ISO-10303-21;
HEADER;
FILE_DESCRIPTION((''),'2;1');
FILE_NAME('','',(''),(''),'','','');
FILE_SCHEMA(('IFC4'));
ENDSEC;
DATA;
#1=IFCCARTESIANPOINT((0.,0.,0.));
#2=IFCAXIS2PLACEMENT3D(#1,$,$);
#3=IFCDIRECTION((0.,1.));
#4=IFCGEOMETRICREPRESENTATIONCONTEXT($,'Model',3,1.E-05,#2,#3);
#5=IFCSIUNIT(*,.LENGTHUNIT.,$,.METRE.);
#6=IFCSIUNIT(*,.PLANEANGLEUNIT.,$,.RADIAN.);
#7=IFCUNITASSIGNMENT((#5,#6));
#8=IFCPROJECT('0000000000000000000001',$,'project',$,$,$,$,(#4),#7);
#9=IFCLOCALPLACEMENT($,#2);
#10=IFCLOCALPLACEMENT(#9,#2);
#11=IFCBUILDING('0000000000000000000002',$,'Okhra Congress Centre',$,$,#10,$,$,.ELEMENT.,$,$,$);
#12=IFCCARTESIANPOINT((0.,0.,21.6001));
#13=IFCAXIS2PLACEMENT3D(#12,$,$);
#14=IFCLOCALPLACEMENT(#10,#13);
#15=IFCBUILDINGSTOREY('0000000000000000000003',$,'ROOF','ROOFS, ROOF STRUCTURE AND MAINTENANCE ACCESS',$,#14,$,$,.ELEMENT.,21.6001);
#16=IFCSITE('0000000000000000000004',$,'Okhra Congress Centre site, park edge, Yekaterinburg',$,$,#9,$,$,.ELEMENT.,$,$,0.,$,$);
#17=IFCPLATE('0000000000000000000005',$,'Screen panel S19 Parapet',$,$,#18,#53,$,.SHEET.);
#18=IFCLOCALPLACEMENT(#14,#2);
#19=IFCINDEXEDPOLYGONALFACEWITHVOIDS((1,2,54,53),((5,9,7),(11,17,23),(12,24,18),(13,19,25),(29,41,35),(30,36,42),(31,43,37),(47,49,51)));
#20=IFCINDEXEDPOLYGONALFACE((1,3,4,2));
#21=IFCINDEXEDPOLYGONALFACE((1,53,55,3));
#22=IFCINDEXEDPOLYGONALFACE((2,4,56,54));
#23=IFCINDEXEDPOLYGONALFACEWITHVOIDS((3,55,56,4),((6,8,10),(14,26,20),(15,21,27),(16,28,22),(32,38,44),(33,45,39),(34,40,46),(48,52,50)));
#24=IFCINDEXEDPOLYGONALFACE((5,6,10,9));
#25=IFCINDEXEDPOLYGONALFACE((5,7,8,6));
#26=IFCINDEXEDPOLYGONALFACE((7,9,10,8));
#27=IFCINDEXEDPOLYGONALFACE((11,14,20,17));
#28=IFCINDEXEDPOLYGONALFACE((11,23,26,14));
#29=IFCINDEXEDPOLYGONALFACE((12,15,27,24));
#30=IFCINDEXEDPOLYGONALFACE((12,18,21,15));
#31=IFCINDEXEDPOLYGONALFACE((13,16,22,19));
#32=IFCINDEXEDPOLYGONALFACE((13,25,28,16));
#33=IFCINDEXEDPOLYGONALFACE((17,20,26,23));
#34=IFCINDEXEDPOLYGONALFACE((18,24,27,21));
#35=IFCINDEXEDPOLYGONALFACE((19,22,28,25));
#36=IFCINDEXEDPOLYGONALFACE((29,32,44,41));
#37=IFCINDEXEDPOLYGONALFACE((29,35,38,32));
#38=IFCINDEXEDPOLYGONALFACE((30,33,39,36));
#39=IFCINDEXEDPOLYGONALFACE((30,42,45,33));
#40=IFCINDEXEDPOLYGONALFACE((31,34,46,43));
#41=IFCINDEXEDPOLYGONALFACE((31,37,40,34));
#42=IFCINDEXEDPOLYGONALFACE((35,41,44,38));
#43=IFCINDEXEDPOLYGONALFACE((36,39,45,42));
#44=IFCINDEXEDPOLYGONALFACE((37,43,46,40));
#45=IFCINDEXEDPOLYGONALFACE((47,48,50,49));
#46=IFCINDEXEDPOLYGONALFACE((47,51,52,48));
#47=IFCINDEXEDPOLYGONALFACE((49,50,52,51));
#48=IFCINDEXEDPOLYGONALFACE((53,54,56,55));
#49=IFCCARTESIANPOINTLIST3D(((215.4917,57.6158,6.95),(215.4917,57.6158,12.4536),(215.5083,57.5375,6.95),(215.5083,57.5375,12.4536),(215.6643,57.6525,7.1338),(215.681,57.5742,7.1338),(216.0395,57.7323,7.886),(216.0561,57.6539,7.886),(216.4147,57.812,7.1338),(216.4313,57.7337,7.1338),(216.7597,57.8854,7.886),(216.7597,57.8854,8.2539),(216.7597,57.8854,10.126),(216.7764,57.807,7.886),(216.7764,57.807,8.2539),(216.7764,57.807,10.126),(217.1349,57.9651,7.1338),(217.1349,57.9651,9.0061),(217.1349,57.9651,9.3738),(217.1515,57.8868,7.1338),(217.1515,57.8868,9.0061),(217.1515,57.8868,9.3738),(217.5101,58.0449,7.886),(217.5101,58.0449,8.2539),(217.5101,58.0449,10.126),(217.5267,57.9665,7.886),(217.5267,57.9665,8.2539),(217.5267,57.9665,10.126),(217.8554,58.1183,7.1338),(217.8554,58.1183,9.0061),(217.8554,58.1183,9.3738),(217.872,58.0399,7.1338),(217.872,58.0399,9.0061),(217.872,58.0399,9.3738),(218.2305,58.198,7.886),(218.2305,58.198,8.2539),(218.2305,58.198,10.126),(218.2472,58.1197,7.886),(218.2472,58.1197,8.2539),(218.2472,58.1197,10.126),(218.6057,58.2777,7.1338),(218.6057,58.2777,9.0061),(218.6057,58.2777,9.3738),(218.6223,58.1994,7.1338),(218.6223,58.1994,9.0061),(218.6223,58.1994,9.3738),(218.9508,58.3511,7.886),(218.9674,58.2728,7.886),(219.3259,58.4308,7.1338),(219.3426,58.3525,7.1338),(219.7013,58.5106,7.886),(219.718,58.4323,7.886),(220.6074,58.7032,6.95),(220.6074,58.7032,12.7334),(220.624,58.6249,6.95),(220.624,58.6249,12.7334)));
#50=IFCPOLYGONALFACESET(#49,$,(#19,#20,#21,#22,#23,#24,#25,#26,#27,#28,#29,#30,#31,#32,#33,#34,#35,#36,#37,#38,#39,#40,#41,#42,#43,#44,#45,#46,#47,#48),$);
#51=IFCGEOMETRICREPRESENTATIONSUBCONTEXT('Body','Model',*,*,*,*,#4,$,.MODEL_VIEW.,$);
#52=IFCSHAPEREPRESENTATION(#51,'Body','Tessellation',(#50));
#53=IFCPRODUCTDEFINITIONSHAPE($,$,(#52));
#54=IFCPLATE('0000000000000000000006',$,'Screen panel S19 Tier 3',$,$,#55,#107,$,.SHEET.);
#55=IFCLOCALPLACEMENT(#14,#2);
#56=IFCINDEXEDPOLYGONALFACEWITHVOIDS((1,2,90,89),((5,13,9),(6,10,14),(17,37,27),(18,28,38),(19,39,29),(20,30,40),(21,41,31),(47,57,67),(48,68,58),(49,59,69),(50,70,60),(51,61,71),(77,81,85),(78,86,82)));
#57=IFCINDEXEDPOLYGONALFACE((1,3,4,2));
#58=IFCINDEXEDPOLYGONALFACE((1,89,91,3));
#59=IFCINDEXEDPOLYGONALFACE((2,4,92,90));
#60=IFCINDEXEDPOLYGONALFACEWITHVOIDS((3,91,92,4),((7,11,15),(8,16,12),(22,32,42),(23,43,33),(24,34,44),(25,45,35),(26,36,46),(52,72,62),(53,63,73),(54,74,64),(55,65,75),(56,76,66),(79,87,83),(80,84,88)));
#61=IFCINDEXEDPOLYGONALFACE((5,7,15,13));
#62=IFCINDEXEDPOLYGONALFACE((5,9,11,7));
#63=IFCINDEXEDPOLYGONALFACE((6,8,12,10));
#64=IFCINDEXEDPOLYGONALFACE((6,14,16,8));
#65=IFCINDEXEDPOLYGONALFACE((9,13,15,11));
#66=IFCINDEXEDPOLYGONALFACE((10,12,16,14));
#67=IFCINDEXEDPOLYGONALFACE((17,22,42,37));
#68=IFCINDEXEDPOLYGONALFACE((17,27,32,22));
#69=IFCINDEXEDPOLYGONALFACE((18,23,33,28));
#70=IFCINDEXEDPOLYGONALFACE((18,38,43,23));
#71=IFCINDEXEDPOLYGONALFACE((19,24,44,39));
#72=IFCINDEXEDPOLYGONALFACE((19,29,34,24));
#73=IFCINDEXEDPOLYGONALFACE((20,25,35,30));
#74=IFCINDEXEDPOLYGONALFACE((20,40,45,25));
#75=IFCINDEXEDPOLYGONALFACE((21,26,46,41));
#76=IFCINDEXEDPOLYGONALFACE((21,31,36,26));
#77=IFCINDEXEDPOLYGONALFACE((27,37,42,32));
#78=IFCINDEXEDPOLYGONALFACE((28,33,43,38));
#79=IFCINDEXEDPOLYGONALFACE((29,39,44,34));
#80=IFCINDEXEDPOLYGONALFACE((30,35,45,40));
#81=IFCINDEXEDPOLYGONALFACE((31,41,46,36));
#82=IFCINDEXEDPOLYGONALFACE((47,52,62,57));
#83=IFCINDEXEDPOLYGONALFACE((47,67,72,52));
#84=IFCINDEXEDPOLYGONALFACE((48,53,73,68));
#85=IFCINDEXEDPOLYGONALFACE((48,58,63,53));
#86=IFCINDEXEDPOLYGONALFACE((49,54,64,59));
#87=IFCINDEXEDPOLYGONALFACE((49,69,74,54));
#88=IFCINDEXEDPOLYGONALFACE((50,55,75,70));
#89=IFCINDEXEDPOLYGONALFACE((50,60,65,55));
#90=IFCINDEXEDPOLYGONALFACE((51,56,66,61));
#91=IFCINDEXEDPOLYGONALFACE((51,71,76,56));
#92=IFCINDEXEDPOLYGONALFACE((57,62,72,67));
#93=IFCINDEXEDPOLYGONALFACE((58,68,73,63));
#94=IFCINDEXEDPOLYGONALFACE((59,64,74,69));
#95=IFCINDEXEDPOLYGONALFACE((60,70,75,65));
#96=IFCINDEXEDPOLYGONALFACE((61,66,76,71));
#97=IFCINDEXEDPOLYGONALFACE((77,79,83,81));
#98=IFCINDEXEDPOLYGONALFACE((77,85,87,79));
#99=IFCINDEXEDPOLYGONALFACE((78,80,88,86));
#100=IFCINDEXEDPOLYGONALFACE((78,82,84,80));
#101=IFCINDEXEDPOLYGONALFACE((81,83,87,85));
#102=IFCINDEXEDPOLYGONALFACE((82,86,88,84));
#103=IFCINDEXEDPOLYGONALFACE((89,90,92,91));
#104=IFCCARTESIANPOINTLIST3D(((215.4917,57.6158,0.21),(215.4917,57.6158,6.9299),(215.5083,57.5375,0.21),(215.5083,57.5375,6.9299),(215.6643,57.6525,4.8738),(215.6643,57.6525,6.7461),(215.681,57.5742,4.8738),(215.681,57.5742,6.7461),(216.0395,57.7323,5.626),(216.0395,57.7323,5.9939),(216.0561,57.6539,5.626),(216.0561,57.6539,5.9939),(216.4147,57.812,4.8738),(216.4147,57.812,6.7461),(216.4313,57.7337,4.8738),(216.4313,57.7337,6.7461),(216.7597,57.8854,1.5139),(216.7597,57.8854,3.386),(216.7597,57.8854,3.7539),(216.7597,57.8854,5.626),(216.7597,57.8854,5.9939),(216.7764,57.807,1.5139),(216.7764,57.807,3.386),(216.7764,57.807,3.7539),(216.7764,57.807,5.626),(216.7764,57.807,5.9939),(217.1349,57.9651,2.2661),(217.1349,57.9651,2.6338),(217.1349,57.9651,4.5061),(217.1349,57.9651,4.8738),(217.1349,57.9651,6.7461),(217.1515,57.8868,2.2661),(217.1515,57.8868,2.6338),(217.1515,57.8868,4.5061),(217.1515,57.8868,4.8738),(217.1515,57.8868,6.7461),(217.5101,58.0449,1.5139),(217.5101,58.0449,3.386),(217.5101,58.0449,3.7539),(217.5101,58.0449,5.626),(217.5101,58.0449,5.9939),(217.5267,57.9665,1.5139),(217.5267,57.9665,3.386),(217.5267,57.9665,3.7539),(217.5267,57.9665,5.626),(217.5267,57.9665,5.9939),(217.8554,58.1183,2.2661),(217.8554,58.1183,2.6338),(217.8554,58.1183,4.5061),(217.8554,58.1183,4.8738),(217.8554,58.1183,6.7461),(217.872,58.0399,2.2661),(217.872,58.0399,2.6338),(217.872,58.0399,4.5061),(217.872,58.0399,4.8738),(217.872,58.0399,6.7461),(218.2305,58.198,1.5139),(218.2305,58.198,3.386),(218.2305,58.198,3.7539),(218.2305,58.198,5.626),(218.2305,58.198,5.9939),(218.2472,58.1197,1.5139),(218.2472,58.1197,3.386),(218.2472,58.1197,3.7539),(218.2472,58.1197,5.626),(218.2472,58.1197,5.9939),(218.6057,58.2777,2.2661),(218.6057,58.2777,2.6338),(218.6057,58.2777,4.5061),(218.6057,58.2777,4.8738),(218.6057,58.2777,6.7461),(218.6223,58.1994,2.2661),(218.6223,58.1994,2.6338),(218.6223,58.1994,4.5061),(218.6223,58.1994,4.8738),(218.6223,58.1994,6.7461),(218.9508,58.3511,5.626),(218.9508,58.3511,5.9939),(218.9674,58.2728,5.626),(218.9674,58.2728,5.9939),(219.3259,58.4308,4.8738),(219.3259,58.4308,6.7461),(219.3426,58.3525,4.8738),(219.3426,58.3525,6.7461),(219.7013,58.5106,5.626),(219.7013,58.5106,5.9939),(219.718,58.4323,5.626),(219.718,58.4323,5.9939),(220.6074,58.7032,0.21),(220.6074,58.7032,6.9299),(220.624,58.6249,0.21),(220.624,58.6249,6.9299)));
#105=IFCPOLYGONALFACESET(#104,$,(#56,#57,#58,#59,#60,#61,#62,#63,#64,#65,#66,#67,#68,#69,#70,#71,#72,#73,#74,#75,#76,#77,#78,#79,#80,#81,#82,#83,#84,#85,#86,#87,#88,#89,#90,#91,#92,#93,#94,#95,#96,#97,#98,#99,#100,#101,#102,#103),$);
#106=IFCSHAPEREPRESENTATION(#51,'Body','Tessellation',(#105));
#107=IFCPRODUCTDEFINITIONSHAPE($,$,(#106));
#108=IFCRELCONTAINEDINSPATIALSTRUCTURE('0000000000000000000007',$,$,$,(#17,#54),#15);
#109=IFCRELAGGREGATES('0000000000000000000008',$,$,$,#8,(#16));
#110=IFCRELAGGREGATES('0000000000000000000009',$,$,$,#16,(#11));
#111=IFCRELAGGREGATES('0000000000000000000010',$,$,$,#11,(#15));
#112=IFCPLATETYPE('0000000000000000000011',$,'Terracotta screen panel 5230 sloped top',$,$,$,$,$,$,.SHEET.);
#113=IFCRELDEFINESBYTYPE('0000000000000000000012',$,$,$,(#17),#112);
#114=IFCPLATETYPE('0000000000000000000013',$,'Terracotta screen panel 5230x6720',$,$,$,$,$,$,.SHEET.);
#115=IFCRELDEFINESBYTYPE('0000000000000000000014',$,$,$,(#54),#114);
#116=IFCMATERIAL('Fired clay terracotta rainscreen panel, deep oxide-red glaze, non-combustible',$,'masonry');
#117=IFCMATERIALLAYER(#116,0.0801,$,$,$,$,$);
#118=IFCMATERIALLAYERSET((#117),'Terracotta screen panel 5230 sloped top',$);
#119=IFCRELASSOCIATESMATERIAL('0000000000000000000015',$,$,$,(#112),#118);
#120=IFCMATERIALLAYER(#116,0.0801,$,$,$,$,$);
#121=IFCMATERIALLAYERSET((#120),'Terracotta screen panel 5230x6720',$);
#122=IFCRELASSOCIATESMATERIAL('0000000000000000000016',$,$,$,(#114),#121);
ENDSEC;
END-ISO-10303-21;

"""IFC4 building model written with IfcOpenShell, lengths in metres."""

from ifc_helpers import new_model, si_unit, direction, frame, origin, place, context, subcontext, project, spatial, polyline, outline, extrude, material, layer, layer_set, type_object, element, save


model = new_model("IFC4")

# Units and contexts
model_context = context("Model", 3, precision=1e-05, world=origin(), true_north=direction((0.0, 1.0)))
body_context = subcontext(model_context, "Body", "Model", "MODEL_VIEW")
ifc_project = project(units=[si_unit("LENGTHUNIT", "METRE"), si_unit("PLANEANGLEUNIT", "RADIAN")], contexts=[model_context])

# Site, building, storey
site_placement = place(None, origin())
site = spatial("IfcSite", under=ifc_project, at=site_placement, Name="Okhra Congress Centre site, park edge, Yekaterinburg", CompositionType="ELEMENT", RefElevation=0.0)
building_placement = place(site_placement, origin())
building = spatial("IfcBuilding", under=site, at=building_placement, Name="Okhra Congress Centre", CompositionType="ELEMENT")
storey_placement = place(building_placement, frame((0.0, 0.0, 21.6001)))
storey = spatial("IfcBuildingStorey", under=building, at=storey_placement, Name="ROOF", Description="ROOFS, ROOF STRUCTURE AND MAINTENANCE ACCESS", CompositionType="ELEMENT", Elevation=21.6001)

# Plates
ifc_material_1 = material(Name="Fired clay terracotta rainscreen panel, deep oxide-red glaze, non-combustible", Category="masonry")
ifc_layer_1 = layer(ifc_material_1, 0.0801)
ifc_layer_set_1 = layer_set([ifc_layer_1], Name="Terracotta screen panel 5230 sloped top")
plate_type_1 = type_object("IfcPlateType", Name="Terracotta screen panel 5230 sloped top", PredefinedType="SHEET", material=ifc_layer_set_1)
plate_1_placement = place(storey_placement, frame((215.5, 57.5767, 6.95), z_axis=(0.0, 0.0, 1.0), x_axis=(0.978147, 0.207916, 0.0)))
element("IfcPlate", 1, at=plate_1_placement, inside=storey, type_object=plate_type_1, Name="Screen panel S19 Parapet", PredefinedType="SHEET", context=body_context, shape_type="SweptSolid", body=[
    extrude(outline(polyline([(0.0, 0.0), (5.23, 0.0), (5.23, 5.7834), (0.0, 5.5037), (0.0, 0.0)]), holes=[polyline([(0.1765, 0.1838), (0.9436, 0.1838), (0.5601, 0.936), (0.1765, 0.1838)]), polyline([(1.2964, 0.936), (1.6799, 0.1838), (2.0635, 0.936), (1.2964, 0.936)]), polyline([(2.4165, 0.1838), (3.1836, 0.1838), (2.8, 0.936), (2.4165, 0.1838)]), polyline([(3.5364, 0.936), (3.9199, 0.1838), (4.3037, 0.936), (3.5364, 0.936)]), polyline([(1.2964, 1.304), (2.0635, 1.304), (1.6799, 2.0562), (1.2964, 1.304)]), polyline([(2.4165, 2.0562), (2.8, 1.304), (3.1836, 2.0562), (2.4165, 2.0562)]), polyline([(1.2964, 3.176), (1.6799, 2.4238), (2.0635, 3.176), (1.2964, 3.176)]), polyline([(2.4165, 2.4238), (3.1836, 2.4238), (2.8, 3.176), (2.4165, 2.4238)])]), frame((0.0, 0.04, 0.0), z_axis=(0.0, -1.0, 0.0), x_axis=(1.0, 0.0, 0.0)), (0.0, 0.0, 1.0), 0.0801),
])
ifc_layer_2 = layer(ifc_material_1, 0.0801)
ifc_layer_set_2 = layer_set([ifc_layer_2], Name="Terracotta screen panel 5230x6720")
plate_type_2 = type_object("IfcPlateType", Name="Terracotta screen panel 5230x6720", PredefinedType="SHEET", material=ifc_layer_set_2)
plate_2_placement = place(storey_placement, frame((215.5, 57.5767, 0.21), z_axis=(0.0, 0.0, 1.0), x_axis=(0.978147, 0.207916, 0.0)))
element("IfcPlate", 2, at=plate_2_placement, inside=storey, type_object=plate_type_2, Name="Screen panel S19 Tier 3", PredefinedType="SHEET", context=body_context, shape_type="SweptSolid", body=[
    extrude(outline(polyline([(0.0, 0.0), (5.23, 0.0), (5.23, 6.72), (0.0, 6.72), (0.0, 0.0)]), holes=[polyline([(1.2964, 1.304), (2.0635, 1.304), (1.6799, 2.0562), (1.2964, 1.304)]), polyline([(2.4165, 2.0562), (2.8, 1.304), (3.1836, 2.0562), (2.4165, 2.0562)]), polyline([(1.2964, 3.176), (1.6799, 2.4238), (2.0635, 3.176), (1.2964, 3.176)]), polyline([(2.4165, 2.4238), (3.1836, 2.4238), (2.8, 3.176), (2.4165, 2.4238)]), polyline([(1.2964, 3.5439), (2.0635, 3.5439), (1.6799, 4.2961), (1.2964, 3.5439)]), polyline([(2.4165, 4.2961), (2.8, 3.5439), (3.1836, 4.2961), (2.4165, 4.2961)]), polyline([(0.1765, 4.6638), (0.9436, 4.6638), (0.5601, 5.416), (0.1765, 4.6638)]), polyline([(1.2964, 5.416), (1.6799, 4.6638), (2.0635, 5.416), (1.2964, 5.416)]), polyline([(2.4165, 4.6638), (3.1836, 4.6638), (2.8, 5.416), (2.4165, 4.6638)]), polyline([(3.5364, 5.416), (3.9199, 4.6638), (4.3037, 5.416), (3.5364, 5.416)]), polyline([(0.1765, 6.5361), (0.5601, 5.7839), (0.9436, 6.5361), (0.1765, 6.5361)]), polyline([(1.2964, 5.7839), (2.0635, 5.7839), (1.6799, 6.5361), (1.2964, 5.7839)]), polyline([(2.4165, 6.5361), (2.8, 5.7839), (3.1836, 6.5361), (2.4165, 6.5361)]), polyline([(3.5364, 5.7839), (4.3037, 5.7839), (3.9199, 6.5361), (3.5364, 5.7839)])]), frame((0.0, 0.04, 0.0), z_axis=(0.0, -1.0, 0.0), x_axis=(1.0, 0.0, 0.0)), (0.0, 0.0, 1.0), 0.0801),
])

save(model, "model.ifc")
